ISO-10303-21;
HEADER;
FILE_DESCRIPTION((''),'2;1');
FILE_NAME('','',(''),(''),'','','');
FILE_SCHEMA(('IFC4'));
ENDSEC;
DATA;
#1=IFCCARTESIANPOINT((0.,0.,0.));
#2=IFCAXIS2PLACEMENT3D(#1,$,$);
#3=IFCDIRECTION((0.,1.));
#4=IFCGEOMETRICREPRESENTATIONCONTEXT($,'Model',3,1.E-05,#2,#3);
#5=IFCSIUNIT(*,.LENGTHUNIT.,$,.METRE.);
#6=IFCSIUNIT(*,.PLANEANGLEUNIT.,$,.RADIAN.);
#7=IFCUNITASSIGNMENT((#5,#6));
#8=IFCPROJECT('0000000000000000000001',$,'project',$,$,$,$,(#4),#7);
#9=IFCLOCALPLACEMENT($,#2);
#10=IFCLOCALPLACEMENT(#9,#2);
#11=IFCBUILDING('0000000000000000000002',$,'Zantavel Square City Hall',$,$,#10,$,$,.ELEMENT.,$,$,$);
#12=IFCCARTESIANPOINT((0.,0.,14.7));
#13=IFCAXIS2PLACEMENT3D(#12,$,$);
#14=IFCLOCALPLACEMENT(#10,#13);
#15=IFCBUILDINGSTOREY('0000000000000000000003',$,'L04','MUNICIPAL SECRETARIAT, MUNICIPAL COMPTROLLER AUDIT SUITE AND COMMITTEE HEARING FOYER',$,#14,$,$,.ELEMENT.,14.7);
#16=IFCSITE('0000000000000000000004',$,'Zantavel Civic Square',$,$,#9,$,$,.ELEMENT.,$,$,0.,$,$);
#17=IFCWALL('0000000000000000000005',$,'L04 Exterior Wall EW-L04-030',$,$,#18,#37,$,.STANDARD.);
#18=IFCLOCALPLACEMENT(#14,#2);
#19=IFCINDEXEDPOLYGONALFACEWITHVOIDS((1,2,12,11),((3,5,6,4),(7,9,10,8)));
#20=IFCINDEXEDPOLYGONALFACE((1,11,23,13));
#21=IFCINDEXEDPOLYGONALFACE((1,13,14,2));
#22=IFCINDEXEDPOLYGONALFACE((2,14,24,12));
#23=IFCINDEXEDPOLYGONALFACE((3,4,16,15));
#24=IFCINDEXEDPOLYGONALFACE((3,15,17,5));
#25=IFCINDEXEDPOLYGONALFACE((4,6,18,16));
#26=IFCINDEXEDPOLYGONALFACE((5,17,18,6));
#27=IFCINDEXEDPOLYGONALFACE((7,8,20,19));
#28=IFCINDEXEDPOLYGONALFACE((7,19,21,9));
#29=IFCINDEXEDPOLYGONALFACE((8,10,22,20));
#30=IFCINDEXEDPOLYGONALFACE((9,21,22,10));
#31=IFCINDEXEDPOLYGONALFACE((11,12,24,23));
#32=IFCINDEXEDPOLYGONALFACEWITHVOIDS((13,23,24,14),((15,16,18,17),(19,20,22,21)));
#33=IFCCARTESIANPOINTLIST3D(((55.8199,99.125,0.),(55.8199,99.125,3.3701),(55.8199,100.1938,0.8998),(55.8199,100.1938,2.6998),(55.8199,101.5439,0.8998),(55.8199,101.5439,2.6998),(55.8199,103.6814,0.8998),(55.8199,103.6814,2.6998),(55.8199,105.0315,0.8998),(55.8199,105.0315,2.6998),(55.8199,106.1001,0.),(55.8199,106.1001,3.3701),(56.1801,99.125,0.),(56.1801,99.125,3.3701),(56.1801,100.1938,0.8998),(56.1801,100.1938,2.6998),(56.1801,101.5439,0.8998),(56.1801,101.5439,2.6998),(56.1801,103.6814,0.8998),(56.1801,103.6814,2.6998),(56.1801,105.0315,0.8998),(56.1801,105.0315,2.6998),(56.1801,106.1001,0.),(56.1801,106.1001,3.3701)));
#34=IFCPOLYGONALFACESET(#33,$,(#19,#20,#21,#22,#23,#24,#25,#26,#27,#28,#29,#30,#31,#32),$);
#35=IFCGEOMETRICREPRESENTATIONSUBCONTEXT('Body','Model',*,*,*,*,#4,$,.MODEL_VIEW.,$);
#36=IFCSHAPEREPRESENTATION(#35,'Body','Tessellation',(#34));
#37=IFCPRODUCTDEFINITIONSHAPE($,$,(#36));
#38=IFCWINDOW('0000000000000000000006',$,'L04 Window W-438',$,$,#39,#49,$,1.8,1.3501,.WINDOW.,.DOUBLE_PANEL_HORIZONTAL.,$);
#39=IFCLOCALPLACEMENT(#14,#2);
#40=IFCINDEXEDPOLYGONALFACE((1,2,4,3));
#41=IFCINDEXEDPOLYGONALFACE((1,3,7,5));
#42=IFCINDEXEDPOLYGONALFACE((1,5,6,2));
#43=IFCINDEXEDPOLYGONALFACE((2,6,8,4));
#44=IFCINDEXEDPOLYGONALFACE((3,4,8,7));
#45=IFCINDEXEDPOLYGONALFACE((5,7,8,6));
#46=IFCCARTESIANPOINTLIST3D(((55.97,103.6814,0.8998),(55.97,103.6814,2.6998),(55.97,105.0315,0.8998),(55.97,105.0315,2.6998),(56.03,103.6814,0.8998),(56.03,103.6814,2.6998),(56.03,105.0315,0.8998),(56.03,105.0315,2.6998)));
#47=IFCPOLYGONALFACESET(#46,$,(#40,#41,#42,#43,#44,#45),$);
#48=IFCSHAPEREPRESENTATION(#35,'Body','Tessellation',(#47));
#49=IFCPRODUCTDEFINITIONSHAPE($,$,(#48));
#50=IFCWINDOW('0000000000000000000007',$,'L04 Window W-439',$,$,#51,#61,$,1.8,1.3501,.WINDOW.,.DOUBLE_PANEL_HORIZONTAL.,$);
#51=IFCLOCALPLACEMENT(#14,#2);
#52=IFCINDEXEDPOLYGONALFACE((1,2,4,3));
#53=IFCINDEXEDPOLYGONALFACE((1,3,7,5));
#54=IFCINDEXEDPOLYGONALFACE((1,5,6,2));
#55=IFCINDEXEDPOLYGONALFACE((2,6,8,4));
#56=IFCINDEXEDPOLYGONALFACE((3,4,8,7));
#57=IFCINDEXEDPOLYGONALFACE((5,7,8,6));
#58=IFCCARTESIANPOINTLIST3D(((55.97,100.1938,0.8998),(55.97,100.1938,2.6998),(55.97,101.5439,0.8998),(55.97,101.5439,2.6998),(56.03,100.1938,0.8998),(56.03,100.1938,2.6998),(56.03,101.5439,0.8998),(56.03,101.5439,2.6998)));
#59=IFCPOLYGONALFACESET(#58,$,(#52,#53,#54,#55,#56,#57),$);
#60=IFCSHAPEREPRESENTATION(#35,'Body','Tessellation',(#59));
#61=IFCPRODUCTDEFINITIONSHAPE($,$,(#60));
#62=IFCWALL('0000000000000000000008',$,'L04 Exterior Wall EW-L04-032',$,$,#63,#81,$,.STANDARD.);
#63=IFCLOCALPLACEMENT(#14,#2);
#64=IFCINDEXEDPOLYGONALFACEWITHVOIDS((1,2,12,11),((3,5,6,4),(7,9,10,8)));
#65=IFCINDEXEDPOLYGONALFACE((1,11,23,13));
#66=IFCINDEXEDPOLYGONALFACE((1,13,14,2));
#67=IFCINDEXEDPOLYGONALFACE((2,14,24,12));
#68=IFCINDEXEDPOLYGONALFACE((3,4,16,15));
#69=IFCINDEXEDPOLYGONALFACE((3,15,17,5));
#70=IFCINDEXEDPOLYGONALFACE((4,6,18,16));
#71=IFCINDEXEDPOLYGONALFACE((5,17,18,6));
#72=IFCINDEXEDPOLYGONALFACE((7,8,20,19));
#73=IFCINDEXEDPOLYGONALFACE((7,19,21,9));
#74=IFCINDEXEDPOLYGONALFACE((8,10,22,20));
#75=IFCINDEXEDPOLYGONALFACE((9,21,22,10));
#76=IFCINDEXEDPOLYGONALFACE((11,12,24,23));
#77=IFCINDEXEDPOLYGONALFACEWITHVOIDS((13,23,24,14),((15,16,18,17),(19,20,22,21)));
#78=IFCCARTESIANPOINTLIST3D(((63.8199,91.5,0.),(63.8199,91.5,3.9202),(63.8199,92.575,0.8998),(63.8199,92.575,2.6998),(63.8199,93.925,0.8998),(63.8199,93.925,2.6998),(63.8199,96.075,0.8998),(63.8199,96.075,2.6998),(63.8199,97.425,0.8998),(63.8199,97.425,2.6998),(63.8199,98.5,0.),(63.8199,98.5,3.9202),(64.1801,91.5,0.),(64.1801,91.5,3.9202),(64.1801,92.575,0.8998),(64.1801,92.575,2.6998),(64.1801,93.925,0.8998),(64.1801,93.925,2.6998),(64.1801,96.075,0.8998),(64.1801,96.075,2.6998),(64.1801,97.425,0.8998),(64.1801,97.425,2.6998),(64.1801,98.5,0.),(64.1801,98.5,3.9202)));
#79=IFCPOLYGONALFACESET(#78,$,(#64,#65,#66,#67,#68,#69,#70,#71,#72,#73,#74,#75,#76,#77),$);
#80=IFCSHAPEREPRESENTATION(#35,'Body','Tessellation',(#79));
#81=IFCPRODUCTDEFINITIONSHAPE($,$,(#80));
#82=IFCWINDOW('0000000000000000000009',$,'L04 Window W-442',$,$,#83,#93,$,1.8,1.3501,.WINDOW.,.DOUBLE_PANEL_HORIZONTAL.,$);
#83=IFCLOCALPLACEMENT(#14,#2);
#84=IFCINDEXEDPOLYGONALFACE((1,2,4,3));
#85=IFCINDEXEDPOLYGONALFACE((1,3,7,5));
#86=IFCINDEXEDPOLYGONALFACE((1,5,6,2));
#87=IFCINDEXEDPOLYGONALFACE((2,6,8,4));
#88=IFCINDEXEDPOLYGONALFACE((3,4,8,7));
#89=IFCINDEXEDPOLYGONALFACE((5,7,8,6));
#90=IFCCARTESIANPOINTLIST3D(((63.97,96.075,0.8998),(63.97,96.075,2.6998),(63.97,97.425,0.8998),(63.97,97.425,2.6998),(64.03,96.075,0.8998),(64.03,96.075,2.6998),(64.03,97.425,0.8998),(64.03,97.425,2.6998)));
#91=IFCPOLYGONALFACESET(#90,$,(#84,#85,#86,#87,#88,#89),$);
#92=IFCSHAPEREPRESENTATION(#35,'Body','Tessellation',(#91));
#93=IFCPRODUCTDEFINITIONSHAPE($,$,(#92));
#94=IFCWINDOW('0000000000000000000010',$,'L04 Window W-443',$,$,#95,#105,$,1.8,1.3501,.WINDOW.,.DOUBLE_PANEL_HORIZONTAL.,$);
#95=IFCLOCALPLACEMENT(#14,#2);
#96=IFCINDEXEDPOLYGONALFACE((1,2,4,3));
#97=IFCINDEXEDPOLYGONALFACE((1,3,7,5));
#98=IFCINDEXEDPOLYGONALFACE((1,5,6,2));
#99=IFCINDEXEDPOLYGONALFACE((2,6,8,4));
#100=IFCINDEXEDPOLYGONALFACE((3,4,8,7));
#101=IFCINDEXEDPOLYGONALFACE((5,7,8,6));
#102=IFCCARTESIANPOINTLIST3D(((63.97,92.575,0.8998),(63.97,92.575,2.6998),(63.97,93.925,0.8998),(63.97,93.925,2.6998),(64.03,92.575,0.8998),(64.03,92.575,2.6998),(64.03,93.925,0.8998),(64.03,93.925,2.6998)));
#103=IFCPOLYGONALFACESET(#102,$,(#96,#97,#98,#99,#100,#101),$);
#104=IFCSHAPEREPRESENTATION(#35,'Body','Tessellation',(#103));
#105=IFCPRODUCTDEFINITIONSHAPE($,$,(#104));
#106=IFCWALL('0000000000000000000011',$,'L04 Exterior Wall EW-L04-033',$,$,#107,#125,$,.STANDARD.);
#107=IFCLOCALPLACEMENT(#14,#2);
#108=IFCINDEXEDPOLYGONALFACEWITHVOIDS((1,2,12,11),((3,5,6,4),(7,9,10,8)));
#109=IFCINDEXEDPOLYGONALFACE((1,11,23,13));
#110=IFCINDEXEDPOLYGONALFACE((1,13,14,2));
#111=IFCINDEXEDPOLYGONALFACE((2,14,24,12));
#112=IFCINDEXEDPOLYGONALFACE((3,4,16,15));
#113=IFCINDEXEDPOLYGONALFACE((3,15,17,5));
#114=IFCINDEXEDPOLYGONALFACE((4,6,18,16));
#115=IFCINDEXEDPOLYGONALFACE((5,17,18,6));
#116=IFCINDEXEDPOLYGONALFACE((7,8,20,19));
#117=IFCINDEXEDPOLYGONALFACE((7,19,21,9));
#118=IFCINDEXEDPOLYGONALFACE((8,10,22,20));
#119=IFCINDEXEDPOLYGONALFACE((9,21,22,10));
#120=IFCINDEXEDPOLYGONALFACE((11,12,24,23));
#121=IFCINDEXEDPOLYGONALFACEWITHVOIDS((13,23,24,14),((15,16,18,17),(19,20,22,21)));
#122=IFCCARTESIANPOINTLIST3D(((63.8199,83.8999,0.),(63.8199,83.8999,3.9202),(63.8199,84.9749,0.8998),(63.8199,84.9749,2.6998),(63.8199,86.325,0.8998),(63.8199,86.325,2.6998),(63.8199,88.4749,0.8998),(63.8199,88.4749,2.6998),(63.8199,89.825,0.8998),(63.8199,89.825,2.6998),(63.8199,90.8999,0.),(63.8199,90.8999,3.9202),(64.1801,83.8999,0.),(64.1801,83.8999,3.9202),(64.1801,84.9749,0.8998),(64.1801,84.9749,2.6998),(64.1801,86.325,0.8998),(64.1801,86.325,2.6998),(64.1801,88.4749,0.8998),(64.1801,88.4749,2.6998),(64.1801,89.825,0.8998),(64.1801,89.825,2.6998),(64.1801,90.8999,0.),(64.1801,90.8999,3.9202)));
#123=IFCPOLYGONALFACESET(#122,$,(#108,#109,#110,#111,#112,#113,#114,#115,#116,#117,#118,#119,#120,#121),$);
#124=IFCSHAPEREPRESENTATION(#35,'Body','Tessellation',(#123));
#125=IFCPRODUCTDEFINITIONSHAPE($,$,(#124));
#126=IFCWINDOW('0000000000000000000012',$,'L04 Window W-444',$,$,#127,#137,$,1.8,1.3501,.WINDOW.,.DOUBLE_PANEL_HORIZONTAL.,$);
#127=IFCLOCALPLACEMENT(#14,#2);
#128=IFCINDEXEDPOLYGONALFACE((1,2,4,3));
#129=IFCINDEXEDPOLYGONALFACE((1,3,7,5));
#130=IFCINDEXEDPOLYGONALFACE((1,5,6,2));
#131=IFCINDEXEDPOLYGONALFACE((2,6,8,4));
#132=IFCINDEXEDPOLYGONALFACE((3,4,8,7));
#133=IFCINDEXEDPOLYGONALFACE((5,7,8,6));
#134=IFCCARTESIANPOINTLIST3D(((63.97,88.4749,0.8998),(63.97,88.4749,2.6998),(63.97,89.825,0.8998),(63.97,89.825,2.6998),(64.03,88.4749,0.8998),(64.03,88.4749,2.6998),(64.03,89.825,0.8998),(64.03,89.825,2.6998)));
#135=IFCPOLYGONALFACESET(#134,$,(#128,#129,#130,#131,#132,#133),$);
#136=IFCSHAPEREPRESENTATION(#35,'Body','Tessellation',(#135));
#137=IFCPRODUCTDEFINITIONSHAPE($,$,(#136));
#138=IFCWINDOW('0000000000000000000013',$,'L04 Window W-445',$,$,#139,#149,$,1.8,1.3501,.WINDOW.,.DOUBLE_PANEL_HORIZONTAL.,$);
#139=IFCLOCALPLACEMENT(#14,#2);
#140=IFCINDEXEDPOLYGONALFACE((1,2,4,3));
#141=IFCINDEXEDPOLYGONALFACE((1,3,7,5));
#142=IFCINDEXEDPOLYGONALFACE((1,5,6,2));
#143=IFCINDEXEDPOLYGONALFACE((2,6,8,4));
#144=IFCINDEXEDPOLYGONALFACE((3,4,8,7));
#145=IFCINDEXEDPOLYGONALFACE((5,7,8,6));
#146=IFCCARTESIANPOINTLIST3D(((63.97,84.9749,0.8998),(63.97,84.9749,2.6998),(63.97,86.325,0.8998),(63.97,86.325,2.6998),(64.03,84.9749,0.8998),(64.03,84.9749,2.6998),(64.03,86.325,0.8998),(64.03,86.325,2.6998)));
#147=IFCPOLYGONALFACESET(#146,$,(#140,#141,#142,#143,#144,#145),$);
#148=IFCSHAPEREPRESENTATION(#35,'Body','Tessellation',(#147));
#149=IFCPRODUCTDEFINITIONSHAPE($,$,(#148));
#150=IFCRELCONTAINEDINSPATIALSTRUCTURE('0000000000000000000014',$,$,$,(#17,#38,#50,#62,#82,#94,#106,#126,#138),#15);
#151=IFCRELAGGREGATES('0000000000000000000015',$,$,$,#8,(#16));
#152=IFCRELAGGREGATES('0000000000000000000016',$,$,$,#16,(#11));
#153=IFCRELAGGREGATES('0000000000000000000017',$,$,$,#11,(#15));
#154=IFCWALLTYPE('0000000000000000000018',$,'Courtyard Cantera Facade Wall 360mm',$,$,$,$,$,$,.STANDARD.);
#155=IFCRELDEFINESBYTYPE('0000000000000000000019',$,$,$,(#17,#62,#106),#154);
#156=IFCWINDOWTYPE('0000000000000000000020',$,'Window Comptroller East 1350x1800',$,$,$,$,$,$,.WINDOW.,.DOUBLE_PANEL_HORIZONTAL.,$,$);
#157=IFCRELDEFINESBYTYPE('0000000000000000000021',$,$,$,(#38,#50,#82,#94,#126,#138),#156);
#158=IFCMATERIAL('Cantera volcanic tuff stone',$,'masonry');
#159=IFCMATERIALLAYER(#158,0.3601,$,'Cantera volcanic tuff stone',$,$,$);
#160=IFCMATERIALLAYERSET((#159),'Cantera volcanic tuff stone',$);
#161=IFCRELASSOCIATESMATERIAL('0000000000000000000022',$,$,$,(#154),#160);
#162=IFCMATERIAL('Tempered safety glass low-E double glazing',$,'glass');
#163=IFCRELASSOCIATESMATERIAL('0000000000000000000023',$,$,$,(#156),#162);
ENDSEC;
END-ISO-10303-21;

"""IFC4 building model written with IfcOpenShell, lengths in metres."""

from ifc_helpers import new_model, si_unit, direction, frame, frame_2d, origin, place, context, subcontext, project, spatial, rectangle, extrude, material, layer, layer_set, type_object, element, fill, save


model = new_model("IFC4")

# Units and contexts
model_context = context("Model", 3, precision=1e-05, world=origin(), true_north=direction((0.0, 1.0)))
body_context = subcontext(model_context, "Body", "Model", "MODEL_VIEW")
ifc_project = project(units=[si_unit("LENGTHUNIT", "METRE"), si_unit("PLANEANGLEUNIT", "RADIAN")], contexts=[model_context])

# Site, building, storey
site_placement = place(None, origin())
site = spatial("IfcSite", under=ifc_project, at=site_placement, Name="Zantavel Civic Square", CompositionType="ELEMENT", RefElevation=0.0)
building_placement = place(site_placement, origin())
building = spatial("IfcBuilding", under=site, at=building_placement, Name="Zantavel Square City Hall", CompositionType="ELEMENT")
storey_placement = place(building_placement, frame((0.0, 0.0, 14.7)))
storey = spatial("IfcBuildingStorey", under=building, at=storey_placement, Name="L04", Description="MUNICIPAL SECRETARIAT, MUNICIPAL COMPTROLLER AUDIT SUITE AND COMMITTEE HEARING FOYER", CompositionType="ELEMENT", Elevation=14.7)

# Walls, openings, windows
ifc_material_1 = material(Name="Cantera volcanic tuff stone", Category="masonry")
ifc_layer_1 = layer(ifc_material_1, 0.3601, Name="Cantera volcanic tuff stone")
ifc_layer_set_1 = layer_set([ifc_layer_1], Name="Cantera volcanic tuff stone")
wall_type_1 = type_object("IfcWallType", Name="Courtyard Cantera Facade Wall 360mm", PredefinedType="STANDARD", material=ifc_layer_set_1)
ifc_material_2 = material(Name="Tempered safety glass low-E double glazing", Category="glass")
window_type_1 = type_object("IfcWindowType", Name="Window Comptroller East 1350x1800", PartitioningType="DOUBLE_PANEL_HORIZONTAL", PredefinedType="WINDOW", material=ifc_material_2)
wall_1_placement = place(storey_placement, frame((56.0, 106.1001, 0.0), z_axis=(0.0, 0.0, 1.0), x_axis=(0.0, -1.0, 0.0)))
wall_1 = element("IfcWall", 1, at=wall_1_placement, inside=storey, type_object=wall_type_1, Name="L04 Exterior Wall EW-L04-030", PredefinedType="STANDARD", context=body_context, shape_type="SweptSolid", body=[
    extrude(rectangle(XDim=6.9751, YDim=0.3601, at=frame_2d((3.4875, 0.0))), origin(), (0.0, 0.0, 1.0), 3.3701),
])
opening_1_placement = place(wall_1_placement, frame((1.0686, 0.0, 0.8999)))
opening_1 = element("IfcOpeningElement", 2, at=opening_1_placement, cuts=wall_1, PredefinedType="OPENING", context=body_context, shape_type="SweptSolid", body=[
    extrude(rectangle(XDim=1.3501, YDim=1.8, at=frame_2d((0.675, 0.8999))), frame((0.0, 0.1899, 0.0), z_axis=(0.0, -1.0, 0.0), x_axis=(1.0, 0.0, 0.0)), (0.0, 0.0, 1.0), 0.3801),
])
opening_2_placement = place(wall_1_placement, frame((4.5562, 0.0, 0.8999)))
opening_2 = element("IfcOpeningElement", 3, at=opening_2_placement, cuts=wall_1, PredefinedType="OPENING", context=body_context, shape_type="SweptSolid", body=[
    extrude(rectangle(XDim=1.3501, YDim=1.8, at=frame_2d((0.675, 0.8999))), frame((0.0, 0.1899, 0.0), z_axis=(0.0, -1.0, 0.0), x_axis=(1.0, 0.0, 0.0)), (0.0, 0.0, 1.0), 0.3801),
])
window_1_placement = place(opening_1_placement, origin())
window_1 = element("IfcWindow", 4, at=window_1_placement, inside=storey, type_object=window_type_1, Name="L04 Window W-438", OverallHeight=1.8, OverallWidth=1.3501, PartitioningType="DOUBLE_PANEL_HORIZONTAL", PredefinedType="WINDOW", context=body_context, shape_type="SweptSolid", body=[
    extrude(rectangle(XDim=1.3501, YDim=1.8, at=frame_2d((0.675, 0.8999))), frame((0.0, 0.03, 0.0), z_axis=(0.0, -1.0, 0.0), x_axis=(1.0, 0.0, 0.0)), (0.0, 0.0, 1.0), 0.0601),
])
fill(opening_1, window_1)
window_2_placement = place(opening_2_placement, origin())
window_2 = element("IfcWindow", 5, at=window_2_placement, inside=storey, type_object=window_type_1, Name="L04 Window W-439", OverallHeight=1.8, OverallWidth=1.3501, PartitioningType="DOUBLE_PANEL_HORIZONTAL", PredefinedType="WINDOW", context=body_context, shape_type="SweptSolid", body=[
    extrude(rectangle(XDim=1.3501, YDim=1.8, at=frame_2d((0.675, 0.8999))), frame((0.0, 0.03, 0.0), z_axis=(0.0, -1.0, 0.0), x_axis=(1.0, 0.0, 0.0)), (0.0, 0.0, 1.0), 0.0601),
])
fill(opening_2, window_2)
wall_2_placement = place(storey_placement, frame((64.0, 98.5, 0.0), z_axis=(0.0, 0.0, 1.0), x_axis=(0.0, -1.0, 0.0)))
wall_2 = element("IfcWall", 6, at=wall_2_placement, inside=storey, type_object=wall_type_1, Name="L04 Exterior Wall EW-L04-032", PredefinedType="STANDARD", context=body_context, shape_type="SweptSolid", body=[
    extrude(rectangle(XDim=7.0, YDim=0.3601, at=frame_2d((3.5, 0.0))), origin(), (0.0, 0.0, 1.0), 3.9202),
])
opening_3_placement = place(wall_2_placement, frame((1.075, 0.0, 0.8999)))
opening_3 = element("IfcOpeningElement", 7, at=opening_3_placement, cuts=wall_2, PredefinedType="OPENING", context=body_context, shape_type="SweptSolid", body=[
    extrude(rectangle(XDim=1.3501, YDim=1.8, at=frame_2d((0.675, 0.8999))), frame((0.0, 0.1899, 0.0), z_axis=(0.0, -1.0, 0.0), x_axis=(1.0, 0.0, 0.0)), (0.0, 0.0, 1.0), 0.3801),
])
opening_4_placement = place(wall_2_placement, frame((4.575, 0.0, 0.8999)))
opening_4 = element("IfcOpeningElement", 8, at=opening_4_placement, cuts=wall_2, PredefinedType="OPENING", context=body_context, shape_type="SweptSolid", body=[
    extrude(rectangle(XDim=1.3501, YDim=1.8, at=frame_2d((0.675, 0.8999))), frame((0.0, 0.1899, 0.0), z_axis=(0.0, -1.0, 0.0), x_axis=(1.0, 0.0, 0.0)), (0.0, 0.0, 1.0), 0.3801),
])
window_3_placement = place(opening_3_placement, origin())
window_3 = element("IfcWindow", 9, at=window_3_placement, inside=storey, type_object=window_type_1, Name="L04 Window W-442", OverallHeight=1.8, OverallWidth=1.3501, PartitioningType="DOUBLE_PANEL_HORIZONTAL", PredefinedType="WINDOW", context=body_context, shape_type="SweptSolid", body=[
    extrude(rectangle(XDim=1.3501, YDim=1.8, at=frame_2d((0.675, 0.8999))), frame((0.0, 0.03, 0.0), z_axis=(0.0, -1.0, 0.0), x_axis=(1.0, 0.0, 0.0)), (0.0, 0.0, 1.0), 0.0601),
])
fill(opening_3, window_3)
window_4_placement = place(opening_4_placement, origin())
window_4 = element("IfcWindow", 10, at=window_4_placement, inside=storey, type_object=window_type_1, Name="L04 Window W-443", OverallHeight=1.8, OverallWidth=1.3501, PartitioningType="DOUBLE_PANEL_HORIZONTAL", PredefinedType="WINDOW", context=body_context, shape_type="SweptSolid", body=[
    extrude(rectangle(XDim=1.3501, YDim=1.8, at=frame_2d((0.675, 0.8999))), frame((0.0, 0.03, 0.0), z_axis=(0.0, -1.0, 0.0), x_axis=(1.0, 0.0, 0.0)), (0.0, 0.0, 1.0), 0.0601),
])
fill(opening_4, window_4)
wall_3_placement = place(storey_placement, frame((64.0, 90.8999, 0.0), z_axis=(0.0, 0.0, 1.0), x_axis=(0.0, -1.0, 0.0)))
wall_3 = element("IfcWall", 11, at=wall_3_placement, inside=storey, type_object=wall_type_1, Name="L04 Exterior Wall EW-L04-033", PredefinedType="STANDARD", context=body_context, shape_type="SweptSolid", body=[
    extrude(rectangle(XDim=7.0, YDim=0.3601, at=frame_2d((3.5, 0.0))), origin(), (0.0, 0.0, 1.0), 3.9202),
])
opening_5_placement = place(wall_3_placement, frame((1.075, 0.0, 0.8999)))
opening_5 = element("IfcOpeningElement", 12, at=opening_5_placement, cuts=wall_3, PredefinedType="OPENING", context=body_context, shape_type="SweptSolid", body=[
    extrude(rectangle(XDim=1.3501, YDim=1.8, at=frame_2d((0.675, 0.8999))), frame((0.0, 0.1899, 0.0), z_axis=(0.0, -1.0, 0.0), x_axis=(1.0, 0.0, 0.0)), (0.0, 0.0, 1.0), 0.3801),
])
opening_6_placement = place(wall_3_placement, frame((4.575, 0.0, 0.8999)))
opening_6 = element("IfcOpeningElement", 13, at=opening_6_placement, cuts=wall_3, PredefinedType="OPENING", context=body_context, shape_type="SweptSolid", body=[
    extrude(rectangle(XDim=1.3501, YDim=1.8, at=frame_2d((0.675, 0.8999))), frame((0.0, 0.1899, 0.0), z_axis=(0.0, -1.0, 0.0), x_axis=(1.0, 0.0, 0.0)), (0.0, 0.0, 1.0), 0.3801),
])
window_5_placement = place(opening_5_placement, origin())
window_5 = element("IfcWindow", 14, at=window_5_placement, inside=storey, type_object=window_type_1, Name="L04 Window W-444", OverallHeight=1.8, OverallWidth=1.3501, PartitioningType="DOUBLE_PANEL_HORIZONTAL", PredefinedType="WINDOW", context=body_context, shape_type="SweptSolid", body=[
    extrude(rectangle(XDim=1.3501, YDim=1.8, at=frame_2d((0.675, 0.8999))), frame((0.0, 0.03, 0.0), z_axis=(0.0, -1.0, 0.0), x_axis=(1.0, 0.0, 0.0)), (0.0, 0.0, 1.0), 0.0601),
])
fill(opening_5, window_5)
window_6_placement = place(opening_6_placement, origin())
window_6 = element("IfcWindow", 15, at=window_6_placement, inside=storey, type_object=window_type_1, Name="L04 Window W-445", OverallHeight=1.8, OverallWidth=1.3501, PartitioningType="DOUBLE_PANEL_HORIZONTAL", PredefinedType="WINDOW", context=body_context, shape_type="SweptSolid", body=[
    extrude(rectangle(XDim=1.3501, YDim=1.8, at=frame_2d((0.675, 0.8999))), frame((0.0, 0.03, 0.0), z_axis=(0.0, -1.0, 0.0), x_axis=(1.0, 0.0, 0.0)), (0.0, 0.0, 1.0), 0.0601),
])
fill(opening_6, window_6)

save(model, "model.ifc")
